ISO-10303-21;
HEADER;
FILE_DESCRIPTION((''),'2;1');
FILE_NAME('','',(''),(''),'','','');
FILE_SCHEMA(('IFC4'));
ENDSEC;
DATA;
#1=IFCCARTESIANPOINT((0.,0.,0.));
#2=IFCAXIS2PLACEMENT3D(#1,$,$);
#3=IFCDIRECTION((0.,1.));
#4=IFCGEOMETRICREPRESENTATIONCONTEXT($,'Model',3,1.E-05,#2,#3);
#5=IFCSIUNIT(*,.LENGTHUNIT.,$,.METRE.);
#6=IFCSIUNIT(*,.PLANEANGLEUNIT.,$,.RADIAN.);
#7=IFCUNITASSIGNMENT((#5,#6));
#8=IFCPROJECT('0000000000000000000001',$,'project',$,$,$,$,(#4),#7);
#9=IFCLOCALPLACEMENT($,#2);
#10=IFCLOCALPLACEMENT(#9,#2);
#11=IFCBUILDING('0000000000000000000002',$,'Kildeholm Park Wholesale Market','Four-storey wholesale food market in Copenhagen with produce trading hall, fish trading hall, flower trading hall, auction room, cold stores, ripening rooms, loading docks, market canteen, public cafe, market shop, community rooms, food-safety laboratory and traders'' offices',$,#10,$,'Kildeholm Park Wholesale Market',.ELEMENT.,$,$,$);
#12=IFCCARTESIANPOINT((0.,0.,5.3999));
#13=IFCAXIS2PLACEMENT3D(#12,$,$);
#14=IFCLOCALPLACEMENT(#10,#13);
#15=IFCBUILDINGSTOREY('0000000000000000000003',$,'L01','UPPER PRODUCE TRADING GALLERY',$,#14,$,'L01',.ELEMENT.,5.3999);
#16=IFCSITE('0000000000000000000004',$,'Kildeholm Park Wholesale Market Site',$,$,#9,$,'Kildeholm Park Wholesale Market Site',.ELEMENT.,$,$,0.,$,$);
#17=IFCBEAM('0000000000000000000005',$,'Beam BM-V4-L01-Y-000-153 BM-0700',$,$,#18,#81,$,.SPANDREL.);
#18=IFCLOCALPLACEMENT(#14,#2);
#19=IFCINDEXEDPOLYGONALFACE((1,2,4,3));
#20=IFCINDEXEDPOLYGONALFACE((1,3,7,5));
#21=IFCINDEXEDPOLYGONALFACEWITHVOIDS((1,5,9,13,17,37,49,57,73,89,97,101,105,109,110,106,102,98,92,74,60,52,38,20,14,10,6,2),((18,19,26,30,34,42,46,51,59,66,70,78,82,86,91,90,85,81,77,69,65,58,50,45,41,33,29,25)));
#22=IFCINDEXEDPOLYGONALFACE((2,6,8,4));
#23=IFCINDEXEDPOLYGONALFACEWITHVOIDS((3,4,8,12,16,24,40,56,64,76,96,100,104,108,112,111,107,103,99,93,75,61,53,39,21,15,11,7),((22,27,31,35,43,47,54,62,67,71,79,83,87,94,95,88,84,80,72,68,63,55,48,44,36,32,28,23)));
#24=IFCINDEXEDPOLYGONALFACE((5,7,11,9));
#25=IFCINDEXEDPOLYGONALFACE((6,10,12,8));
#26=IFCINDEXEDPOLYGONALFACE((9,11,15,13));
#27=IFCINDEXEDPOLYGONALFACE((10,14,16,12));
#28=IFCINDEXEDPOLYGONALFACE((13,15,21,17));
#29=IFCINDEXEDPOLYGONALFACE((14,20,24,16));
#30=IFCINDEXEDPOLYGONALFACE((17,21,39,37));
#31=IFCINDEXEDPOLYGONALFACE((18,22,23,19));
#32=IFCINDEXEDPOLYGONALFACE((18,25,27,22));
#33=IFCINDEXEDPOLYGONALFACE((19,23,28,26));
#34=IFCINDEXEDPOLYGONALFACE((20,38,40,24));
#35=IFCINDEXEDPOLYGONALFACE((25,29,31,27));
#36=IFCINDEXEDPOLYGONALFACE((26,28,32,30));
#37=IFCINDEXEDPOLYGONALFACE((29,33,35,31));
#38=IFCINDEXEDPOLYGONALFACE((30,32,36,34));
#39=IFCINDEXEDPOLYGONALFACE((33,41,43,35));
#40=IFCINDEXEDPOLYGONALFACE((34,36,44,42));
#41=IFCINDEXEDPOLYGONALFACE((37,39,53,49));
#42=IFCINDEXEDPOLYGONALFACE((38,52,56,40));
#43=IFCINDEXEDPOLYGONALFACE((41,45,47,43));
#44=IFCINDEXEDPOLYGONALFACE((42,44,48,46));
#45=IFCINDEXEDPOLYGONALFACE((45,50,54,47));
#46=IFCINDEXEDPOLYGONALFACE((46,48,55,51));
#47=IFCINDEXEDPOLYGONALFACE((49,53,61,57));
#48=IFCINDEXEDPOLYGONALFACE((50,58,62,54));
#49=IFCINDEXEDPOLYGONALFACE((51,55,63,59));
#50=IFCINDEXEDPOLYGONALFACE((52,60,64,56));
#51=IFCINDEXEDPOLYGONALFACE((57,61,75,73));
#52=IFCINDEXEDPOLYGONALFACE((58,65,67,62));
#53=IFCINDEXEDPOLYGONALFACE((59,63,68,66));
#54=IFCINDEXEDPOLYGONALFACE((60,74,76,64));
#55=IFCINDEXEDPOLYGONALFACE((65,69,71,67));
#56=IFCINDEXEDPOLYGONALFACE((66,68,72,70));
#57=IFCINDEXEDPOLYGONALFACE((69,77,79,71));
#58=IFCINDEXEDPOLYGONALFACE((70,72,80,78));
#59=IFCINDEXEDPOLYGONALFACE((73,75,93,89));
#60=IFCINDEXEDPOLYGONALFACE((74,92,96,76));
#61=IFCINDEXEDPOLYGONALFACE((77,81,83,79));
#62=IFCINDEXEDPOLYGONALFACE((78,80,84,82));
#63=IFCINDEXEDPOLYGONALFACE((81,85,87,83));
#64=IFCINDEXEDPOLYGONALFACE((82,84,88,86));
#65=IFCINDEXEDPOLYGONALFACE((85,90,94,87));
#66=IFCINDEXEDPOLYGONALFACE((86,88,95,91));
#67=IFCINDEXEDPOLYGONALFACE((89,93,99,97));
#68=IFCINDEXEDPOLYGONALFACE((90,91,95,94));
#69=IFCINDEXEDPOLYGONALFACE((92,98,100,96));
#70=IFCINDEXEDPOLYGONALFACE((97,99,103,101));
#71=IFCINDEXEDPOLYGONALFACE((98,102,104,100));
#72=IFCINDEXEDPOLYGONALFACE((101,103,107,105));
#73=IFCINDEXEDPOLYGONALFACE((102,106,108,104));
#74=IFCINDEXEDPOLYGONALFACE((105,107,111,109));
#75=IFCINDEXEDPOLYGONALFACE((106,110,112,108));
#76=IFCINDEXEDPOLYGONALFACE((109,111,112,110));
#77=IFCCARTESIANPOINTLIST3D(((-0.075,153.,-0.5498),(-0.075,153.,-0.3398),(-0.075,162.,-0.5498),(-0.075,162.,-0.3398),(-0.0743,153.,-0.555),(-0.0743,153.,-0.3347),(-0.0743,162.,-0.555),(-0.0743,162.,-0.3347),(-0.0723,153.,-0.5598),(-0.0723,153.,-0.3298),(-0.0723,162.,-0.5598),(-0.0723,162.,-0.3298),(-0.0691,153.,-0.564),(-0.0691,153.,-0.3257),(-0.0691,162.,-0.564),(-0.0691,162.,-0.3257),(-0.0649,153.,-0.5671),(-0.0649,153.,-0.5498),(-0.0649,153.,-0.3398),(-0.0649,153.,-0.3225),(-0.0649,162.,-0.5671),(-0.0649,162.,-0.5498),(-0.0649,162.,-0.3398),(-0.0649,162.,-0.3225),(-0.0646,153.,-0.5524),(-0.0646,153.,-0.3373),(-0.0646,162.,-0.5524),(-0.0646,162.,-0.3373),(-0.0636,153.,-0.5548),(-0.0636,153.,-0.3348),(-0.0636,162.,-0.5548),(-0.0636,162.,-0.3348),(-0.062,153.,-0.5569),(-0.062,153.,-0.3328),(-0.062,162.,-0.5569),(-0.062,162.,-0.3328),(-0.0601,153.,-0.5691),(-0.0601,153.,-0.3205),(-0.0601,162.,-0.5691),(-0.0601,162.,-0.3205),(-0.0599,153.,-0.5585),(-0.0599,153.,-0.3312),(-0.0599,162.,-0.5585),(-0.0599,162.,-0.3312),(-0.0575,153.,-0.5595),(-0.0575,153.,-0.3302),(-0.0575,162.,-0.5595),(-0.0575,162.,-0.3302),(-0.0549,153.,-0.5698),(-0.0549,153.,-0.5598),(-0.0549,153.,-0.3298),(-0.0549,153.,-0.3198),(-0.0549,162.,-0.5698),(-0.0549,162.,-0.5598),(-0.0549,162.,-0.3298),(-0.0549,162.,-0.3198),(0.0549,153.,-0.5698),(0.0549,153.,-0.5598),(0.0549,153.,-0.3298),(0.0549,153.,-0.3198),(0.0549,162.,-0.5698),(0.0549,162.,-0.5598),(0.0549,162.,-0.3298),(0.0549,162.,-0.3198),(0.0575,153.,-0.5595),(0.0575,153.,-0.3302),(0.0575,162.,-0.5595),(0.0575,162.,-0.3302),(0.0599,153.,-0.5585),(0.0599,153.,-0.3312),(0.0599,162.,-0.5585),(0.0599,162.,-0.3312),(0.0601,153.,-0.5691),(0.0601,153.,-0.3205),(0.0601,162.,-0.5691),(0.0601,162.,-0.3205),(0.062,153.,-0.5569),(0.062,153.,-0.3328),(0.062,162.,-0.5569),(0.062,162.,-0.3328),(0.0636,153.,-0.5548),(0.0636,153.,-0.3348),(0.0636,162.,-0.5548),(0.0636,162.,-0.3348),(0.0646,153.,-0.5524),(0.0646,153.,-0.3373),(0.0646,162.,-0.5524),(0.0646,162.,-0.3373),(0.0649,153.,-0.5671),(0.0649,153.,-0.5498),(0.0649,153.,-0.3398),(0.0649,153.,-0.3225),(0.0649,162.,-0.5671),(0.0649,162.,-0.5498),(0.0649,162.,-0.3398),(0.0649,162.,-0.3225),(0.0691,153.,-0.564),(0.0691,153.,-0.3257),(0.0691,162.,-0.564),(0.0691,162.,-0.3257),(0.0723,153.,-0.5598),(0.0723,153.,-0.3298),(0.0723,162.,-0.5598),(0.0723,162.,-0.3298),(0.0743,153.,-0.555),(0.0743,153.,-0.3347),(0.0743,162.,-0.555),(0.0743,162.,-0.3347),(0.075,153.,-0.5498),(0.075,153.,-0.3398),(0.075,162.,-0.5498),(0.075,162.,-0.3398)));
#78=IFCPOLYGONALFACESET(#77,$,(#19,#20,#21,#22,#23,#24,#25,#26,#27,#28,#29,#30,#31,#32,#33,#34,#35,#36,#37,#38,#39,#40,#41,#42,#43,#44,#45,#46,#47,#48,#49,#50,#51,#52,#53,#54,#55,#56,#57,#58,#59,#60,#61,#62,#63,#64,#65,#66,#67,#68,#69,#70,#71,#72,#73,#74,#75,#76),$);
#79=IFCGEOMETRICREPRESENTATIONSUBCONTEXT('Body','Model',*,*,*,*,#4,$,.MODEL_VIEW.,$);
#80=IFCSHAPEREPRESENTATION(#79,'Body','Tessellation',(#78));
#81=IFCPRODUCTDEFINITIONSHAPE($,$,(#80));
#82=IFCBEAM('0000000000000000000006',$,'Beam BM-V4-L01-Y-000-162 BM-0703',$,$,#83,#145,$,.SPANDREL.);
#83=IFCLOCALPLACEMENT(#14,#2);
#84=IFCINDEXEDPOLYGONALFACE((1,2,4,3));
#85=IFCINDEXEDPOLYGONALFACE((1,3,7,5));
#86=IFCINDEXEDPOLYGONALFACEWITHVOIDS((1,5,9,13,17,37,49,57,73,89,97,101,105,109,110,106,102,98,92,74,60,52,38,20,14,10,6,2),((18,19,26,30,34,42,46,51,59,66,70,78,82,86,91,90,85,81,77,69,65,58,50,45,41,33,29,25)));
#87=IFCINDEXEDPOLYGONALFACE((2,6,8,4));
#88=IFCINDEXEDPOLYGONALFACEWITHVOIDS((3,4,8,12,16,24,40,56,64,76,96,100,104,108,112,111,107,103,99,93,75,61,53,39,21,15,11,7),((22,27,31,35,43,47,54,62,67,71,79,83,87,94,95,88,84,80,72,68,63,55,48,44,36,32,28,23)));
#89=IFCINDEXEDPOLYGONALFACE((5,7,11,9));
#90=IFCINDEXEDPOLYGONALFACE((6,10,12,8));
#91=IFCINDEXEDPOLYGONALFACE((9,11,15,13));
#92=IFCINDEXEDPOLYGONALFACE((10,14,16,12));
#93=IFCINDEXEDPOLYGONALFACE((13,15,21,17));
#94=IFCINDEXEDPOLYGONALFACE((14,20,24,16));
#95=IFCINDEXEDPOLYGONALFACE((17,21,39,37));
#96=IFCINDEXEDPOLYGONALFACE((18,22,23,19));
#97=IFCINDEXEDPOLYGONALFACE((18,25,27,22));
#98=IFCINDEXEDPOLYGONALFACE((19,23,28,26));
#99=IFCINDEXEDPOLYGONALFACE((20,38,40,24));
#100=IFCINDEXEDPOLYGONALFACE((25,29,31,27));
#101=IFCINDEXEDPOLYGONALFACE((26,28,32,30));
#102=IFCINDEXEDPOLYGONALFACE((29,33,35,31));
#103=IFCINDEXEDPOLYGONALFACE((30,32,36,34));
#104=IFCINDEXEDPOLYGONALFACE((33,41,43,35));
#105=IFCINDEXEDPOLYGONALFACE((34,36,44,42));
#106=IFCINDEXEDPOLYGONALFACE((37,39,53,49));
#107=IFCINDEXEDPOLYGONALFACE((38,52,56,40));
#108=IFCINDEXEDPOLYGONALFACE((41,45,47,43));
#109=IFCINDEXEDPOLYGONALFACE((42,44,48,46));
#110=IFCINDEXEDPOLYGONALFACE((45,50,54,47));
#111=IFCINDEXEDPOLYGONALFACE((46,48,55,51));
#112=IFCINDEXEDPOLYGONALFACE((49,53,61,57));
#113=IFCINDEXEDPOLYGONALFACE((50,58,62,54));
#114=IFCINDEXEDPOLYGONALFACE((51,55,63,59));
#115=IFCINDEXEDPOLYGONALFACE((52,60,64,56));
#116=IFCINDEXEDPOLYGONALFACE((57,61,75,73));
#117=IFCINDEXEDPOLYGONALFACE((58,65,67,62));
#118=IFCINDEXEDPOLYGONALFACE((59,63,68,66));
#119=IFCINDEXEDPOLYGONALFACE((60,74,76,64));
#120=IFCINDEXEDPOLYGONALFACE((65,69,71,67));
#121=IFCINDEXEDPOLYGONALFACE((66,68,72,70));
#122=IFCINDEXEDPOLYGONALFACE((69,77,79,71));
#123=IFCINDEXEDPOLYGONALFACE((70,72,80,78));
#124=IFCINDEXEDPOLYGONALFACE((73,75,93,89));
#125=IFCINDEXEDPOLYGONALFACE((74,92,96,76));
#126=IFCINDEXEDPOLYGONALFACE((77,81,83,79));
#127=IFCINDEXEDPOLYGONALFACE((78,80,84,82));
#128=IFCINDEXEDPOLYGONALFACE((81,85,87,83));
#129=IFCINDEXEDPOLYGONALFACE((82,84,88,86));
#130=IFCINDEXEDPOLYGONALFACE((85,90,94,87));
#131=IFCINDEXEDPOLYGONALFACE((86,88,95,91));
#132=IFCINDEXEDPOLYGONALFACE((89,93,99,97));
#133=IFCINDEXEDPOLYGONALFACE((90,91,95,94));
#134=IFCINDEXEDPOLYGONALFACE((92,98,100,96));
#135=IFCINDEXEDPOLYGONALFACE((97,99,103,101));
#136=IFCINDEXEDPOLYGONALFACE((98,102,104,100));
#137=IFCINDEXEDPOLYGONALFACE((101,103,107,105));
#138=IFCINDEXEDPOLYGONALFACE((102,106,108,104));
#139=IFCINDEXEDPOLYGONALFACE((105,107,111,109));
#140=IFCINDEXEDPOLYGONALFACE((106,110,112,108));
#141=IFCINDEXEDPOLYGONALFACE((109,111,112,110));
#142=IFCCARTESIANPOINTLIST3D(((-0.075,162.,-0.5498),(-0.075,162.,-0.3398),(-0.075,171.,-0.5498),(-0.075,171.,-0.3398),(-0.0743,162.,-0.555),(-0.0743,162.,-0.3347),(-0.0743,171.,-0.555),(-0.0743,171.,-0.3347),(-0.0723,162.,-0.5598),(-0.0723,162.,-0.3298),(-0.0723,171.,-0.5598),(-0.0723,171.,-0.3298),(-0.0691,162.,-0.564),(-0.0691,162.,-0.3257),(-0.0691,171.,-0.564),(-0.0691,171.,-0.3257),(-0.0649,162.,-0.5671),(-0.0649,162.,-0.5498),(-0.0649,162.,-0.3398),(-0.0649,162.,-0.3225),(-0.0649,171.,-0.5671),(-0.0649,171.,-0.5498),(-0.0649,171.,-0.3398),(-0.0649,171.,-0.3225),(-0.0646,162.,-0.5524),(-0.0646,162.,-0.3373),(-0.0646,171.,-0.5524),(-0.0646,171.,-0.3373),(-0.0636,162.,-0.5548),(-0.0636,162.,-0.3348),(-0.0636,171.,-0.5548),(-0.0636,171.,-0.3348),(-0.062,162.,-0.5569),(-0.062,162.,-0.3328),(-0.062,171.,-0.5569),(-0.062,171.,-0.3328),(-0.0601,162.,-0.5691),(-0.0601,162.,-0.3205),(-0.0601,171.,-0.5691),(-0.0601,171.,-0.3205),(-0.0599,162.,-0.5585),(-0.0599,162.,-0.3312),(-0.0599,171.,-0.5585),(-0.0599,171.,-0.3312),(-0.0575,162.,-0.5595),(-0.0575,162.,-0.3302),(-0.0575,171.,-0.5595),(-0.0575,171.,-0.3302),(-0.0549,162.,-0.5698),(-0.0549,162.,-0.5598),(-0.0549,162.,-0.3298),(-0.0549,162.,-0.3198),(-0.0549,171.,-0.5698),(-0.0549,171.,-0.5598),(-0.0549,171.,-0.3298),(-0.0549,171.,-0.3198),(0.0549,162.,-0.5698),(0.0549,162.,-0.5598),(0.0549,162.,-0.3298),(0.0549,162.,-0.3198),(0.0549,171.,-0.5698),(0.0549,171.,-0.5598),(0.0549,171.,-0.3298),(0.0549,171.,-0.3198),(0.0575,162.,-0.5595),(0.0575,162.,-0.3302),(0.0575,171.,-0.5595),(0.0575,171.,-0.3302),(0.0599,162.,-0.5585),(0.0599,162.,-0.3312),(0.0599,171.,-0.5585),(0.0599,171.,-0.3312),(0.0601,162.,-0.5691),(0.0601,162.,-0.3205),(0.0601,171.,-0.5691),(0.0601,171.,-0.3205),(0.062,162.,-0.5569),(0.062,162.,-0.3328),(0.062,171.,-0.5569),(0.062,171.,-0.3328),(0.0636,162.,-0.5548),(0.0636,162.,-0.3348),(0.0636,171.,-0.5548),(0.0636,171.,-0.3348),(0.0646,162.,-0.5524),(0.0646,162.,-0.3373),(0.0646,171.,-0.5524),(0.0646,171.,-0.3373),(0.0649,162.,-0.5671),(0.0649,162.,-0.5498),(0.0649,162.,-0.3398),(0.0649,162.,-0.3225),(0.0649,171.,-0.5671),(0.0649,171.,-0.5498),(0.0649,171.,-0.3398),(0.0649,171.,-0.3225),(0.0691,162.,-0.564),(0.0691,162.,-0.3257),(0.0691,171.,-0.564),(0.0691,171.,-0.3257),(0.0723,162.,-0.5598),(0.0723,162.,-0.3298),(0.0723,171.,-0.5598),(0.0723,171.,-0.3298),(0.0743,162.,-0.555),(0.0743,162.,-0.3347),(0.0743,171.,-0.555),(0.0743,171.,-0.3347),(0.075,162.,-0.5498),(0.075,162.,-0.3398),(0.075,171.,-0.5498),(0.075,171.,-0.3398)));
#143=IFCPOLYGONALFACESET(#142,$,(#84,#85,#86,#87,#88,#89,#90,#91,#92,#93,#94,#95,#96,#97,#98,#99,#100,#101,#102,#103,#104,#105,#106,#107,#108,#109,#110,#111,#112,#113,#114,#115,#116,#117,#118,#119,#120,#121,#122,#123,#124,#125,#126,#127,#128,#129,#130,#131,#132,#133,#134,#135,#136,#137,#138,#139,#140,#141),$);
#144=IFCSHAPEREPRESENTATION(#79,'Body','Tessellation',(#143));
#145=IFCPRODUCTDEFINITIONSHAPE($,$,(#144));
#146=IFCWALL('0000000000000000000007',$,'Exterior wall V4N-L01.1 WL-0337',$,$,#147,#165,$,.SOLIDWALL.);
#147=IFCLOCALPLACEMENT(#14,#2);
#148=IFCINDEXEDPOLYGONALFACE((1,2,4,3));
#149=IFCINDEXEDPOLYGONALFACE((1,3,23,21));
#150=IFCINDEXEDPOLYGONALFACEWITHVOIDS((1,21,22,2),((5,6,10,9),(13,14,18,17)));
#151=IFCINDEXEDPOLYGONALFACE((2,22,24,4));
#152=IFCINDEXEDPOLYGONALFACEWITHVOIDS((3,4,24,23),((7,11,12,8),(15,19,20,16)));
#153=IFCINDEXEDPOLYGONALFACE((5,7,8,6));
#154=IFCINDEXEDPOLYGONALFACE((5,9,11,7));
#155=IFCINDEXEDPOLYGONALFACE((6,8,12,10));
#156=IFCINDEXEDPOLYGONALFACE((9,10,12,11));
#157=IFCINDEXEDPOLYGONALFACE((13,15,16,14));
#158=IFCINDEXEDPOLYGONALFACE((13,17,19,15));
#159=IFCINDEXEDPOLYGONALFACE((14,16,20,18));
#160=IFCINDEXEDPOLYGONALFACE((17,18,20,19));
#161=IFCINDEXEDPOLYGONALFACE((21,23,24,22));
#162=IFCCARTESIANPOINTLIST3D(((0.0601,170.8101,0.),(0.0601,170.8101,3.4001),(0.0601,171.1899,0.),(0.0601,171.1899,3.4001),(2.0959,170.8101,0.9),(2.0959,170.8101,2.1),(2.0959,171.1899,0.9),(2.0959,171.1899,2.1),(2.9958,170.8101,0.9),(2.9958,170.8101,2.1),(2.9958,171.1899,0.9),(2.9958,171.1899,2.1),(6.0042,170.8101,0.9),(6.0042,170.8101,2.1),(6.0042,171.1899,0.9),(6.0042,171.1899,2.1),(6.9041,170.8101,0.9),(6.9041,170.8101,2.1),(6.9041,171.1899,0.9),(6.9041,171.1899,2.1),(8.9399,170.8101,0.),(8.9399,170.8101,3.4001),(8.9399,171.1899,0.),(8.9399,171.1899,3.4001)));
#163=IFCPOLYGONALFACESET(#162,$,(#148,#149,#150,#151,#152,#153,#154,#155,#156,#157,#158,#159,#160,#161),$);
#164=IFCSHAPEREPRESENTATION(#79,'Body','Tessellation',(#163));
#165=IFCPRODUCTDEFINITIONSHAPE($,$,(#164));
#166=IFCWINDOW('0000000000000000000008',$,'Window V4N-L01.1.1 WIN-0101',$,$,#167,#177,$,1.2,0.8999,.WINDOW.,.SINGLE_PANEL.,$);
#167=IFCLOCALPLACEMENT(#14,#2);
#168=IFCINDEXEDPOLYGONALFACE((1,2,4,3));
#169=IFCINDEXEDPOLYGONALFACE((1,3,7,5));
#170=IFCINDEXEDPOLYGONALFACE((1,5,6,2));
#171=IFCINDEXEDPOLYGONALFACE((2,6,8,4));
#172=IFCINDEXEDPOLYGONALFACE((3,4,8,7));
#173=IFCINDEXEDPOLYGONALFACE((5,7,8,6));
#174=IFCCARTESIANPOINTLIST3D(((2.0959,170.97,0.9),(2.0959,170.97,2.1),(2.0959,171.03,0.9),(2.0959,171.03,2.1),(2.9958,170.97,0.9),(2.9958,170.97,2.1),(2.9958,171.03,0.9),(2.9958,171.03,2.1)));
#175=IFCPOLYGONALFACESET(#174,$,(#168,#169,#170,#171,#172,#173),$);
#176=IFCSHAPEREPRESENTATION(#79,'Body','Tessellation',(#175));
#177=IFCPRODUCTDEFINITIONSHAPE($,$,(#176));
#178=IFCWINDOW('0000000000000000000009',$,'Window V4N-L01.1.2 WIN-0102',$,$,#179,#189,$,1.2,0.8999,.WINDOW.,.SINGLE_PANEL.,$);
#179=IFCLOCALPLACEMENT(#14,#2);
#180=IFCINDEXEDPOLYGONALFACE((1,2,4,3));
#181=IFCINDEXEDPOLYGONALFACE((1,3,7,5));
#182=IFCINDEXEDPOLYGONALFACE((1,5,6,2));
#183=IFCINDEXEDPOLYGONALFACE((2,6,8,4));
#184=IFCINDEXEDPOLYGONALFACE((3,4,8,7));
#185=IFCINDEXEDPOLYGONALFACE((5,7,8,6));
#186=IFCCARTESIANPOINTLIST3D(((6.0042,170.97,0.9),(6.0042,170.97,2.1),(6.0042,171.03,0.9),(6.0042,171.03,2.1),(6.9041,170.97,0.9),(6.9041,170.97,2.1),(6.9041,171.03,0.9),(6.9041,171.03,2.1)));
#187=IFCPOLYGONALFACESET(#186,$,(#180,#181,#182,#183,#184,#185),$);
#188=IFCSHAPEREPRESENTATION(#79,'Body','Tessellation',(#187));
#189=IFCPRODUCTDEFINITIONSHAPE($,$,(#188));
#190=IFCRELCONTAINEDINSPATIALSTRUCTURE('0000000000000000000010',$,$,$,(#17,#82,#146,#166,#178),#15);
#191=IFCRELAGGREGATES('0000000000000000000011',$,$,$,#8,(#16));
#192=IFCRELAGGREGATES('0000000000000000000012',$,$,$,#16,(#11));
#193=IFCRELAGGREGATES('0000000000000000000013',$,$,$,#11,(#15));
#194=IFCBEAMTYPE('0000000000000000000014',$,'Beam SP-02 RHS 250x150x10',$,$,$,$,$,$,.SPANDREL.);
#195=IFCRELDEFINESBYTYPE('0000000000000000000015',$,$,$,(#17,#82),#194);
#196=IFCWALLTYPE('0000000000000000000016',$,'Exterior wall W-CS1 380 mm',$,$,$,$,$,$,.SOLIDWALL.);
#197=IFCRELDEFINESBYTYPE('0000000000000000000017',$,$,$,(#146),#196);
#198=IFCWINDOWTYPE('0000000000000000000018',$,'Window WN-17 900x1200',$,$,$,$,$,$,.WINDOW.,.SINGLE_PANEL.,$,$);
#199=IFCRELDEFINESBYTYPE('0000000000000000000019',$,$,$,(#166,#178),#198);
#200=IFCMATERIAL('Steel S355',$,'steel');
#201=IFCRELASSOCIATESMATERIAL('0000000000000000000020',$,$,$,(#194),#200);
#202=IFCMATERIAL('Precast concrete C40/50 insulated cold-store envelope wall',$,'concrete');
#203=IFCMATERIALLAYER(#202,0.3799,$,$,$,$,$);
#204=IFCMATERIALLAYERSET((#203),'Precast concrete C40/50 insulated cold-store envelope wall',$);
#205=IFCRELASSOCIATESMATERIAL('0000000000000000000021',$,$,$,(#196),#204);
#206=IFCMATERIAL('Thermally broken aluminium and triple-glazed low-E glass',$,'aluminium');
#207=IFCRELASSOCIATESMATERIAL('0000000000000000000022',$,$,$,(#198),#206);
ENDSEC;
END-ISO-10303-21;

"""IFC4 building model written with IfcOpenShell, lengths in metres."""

from ifc_helpers import new_model, si_unit, direction, frame, frame_2d, origin, origin_2d, place, context, subcontext, project, spatial, rectangle, hollow_rectangle, extrude, material, layer, layer_set, material_profile, profile_set, type_object, element, fill, save


model = new_model("IFC4")

# Units and contexts
model_context = context("Model", 3, precision=1e-05, world=origin(), true_north=direction((0.0, 1.0)))
body_context = subcontext(model_context, "Body", "Model", "MODEL_VIEW")
ifc_project = project(units=[si_unit("LENGTHUNIT", "METRE"), si_unit("PLANEANGLEUNIT", "RADIAN")], contexts=[model_context])

# Site, building, storey
site_placement = place(None, origin())
site = spatial("IfcSite", under=ifc_project, at=site_placement, Name="Kildeholm Park Wholesale Market Site", LongName="Kildeholm Park Wholesale Market Site", CompositionType="ELEMENT", RefElevation=0.0)
building_placement = place(site_placement, origin())
building = spatial("IfcBuilding", under=site, at=building_placement, Name="Kildeholm Park Wholesale Market", Description="Four-storey wholesale food market in Copenhagen with produce trading hall, fish trading hall, flower trading hall, auction room, cold stores, ripening rooms, loading docks, market canteen, public cafe, market shop, community rooms, food-safety laboratory and traders' offices", LongName="Kildeholm Park Wholesale Market", CompositionType="ELEMENT")
storey_placement = place(building_placement, frame((0.0, 0.0, 5.3999)))
storey = spatial("IfcBuildingStorey", under=building, at=storey_placement, Name="L01", Description="UPPER PRODUCE TRADING GALLERY", LongName="L01", CompositionType="ELEMENT", Elevation=5.3999)

# Beams
ifc_material_1 = material(Name="Steel S355", Category="steel")
ifc_material_profile_1 = material_profile(ifc_material_1, hollow_rectangle(XDim=0.1499, YDim=0.25, WallThickness=0.01, InnerFilletRadius=0.01, OuterFilletRadius=0.02, at=origin_2d()), Name="RHS 250x150x10")
ifc_profile_set_1 = profile_set([ifc_material_profile_1], Name="Steel S355")
beam_type_1 = type_object("IfcBeamType", Name="Beam SP-02 RHS 250x150x10", PredefinedType="SPANDREL", material=ifc_profile_set_1)
for number, where, z_axis, x_axis, name in (
    (1, (0.0, 153.0, -0.4448), (0.0, 1.0, 0.0), (-1.0, 0.0, 0.0), "Beam BM-V4-L01-Y-000-153 BM-0700"),
    (2, (0.0, 162.0, -0.4448), (0.0, 1.0, 0.0), (-1.0, 0.0, 0.0), "Beam BM-V4-L01-Y-000-162 BM-0703"),
):
    element("IfcBeam", number, at=place(storey_placement, frame(where, z_axis=z_axis, x_axis=x_axis)), inside=storey, type_object=beam_type_1, Name=name, PredefinedType="SPANDREL", context=body_context, shape_type="SweptSolid", body=[
        extrude(hollow_rectangle(XDim=0.1499, YDim=0.25, WallThickness=0.01, InnerFilletRadius=0.01, OuterFilletRadius=0.02, at=origin_2d()), origin(), (0.0, 0.0, 1.0), 9.0),
    ])

# Wall, openings, windows
ifc_material_2 = material(Name="Precast concrete C40/50 insulated cold-store envelope wall", Category="concrete")
ifc_layer_1 = layer(ifc_material_2, 0.3799)
ifc_layer_set_1 = layer_set([ifc_layer_1], Name="Precast concrete C40/50 insulated cold-store envelope wall")
wall_type_1 = type_object("IfcWallType", Name="Exterior wall W-CS1 380 mm", PredefinedType="SOLIDWALL", material=ifc_layer_set_1)
wall_1_placement = place(storey_placement, frame((0.0601, 171.0, 0.0), z_axis=(0.0, 0.0, 1.0), x_axis=(1.0, 0.0, 0.0)))
wall_1 = element("IfcWall", 3, at=wall_1_placement, inside=storey, type_object=wall_type_1, Name="Exterior wall V4N-L01.1 WL-0337", PredefinedType="SOLIDWALL", context=body_context, shape_type="SweptSolid", body=[
    extrude(rectangle(XDim=8.8799, YDim=0.3799, at=frame_2d((4.4399, 0.0))), origin(), (0.0, 0.0, 1.0), 3.4001),
])
opening_1_placement = place(wall_1_placement, frame((2.0359, 0.0, 0.8999)))
opening_1 = element("IfcOpeningElement", 4, at=opening_1_placement, cuts=wall_1, PredefinedType="OPENING", context=body_context, shape_type="SweptSolid", body=[
    extrude(rectangle(XDim=0.8999, YDim=1.2, at=frame_2d((0.45, 0.6001))), frame((0.0, 0.2, 0.0), z_axis=(0.0, -1.0, 0.0), x_axis=(1.0, 0.0, 0.0)), (0.0, 0.0, 1.0), 0.3999),
])
opening_2_placement = place(wall_1_placement, frame((5.9441, 0.0, 0.8999)))
opening_2 = element("IfcOpeningElement", 5, at=opening_2_placement, cuts=wall_1, PredefinedType="OPENING", context=body_context, shape_type="SweptSolid", body=[
    extrude(rectangle(XDim=0.8999, YDim=1.2, at=frame_2d((0.45, 0.6001))), frame((0.0, 0.2, 0.0), z_axis=(0.0, -1.0, 0.0), x_axis=(1.0, 0.0, 0.0)), (0.0, 0.0, 1.0), 0.3999),
])
ifc_material_3 = material(Name="Thermally broken aluminium and triple-glazed low-E glass", Category="aluminium")
window_type_1 = type_object("IfcWindowType", Name="Window WN-17 900x1200", PartitioningType="SINGLE_PANEL", PredefinedType="WINDOW", material=ifc_material_3)
window_1_placement = place(opening_1_placement, origin())
window_1 = element("IfcWindow", 6, at=window_1_placement, inside=storey, type_object=window_type_1, Name="Window V4N-L01.1.1 WIN-0101", OverallHeight=1.2, OverallWidth=0.8999, PartitioningType="SINGLE_PANEL", PredefinedType="WINDOW", context=body_context, shape_type="SweptSolid", body=[
    extrude(rectangle(XDim=0.8999, YDim=1.2, at=frame_2d((0.45, 0.6001))), frame((0.0, 0.03, 0.0), z_axis=(0.0, -1.0, 0.0), x_axis=(1.0, 0.0, 0.0)), (0.0, 0.0, 1.0), 0.0601),
])
fill(opening_1, window_1)
window_2_placement = place(opening_2_placement, origin())
window_2 = element("IfcWindow", 7, at=window_2_placement, inside=storey, type_object=window_type_1, Name="Window V4N-L01.1.2 WIN-0102", OverallHeight=1.2, OverallWidth=0.8999, PartitioningType="SINGLE_PANEL", PredefinedType="WINDOW", context=body_context, shape_type="SweptSolid", body=[
    extrude(rectangle(XDim=0.8999, YDim=1.2, at=frame_2d((0.45, 0.6001))), frame((0.0, 0.03, 0.0), z_axis=(0.0, -1.0, 0.0), x_axis=(1.0, 0.0, 0.0)), (0.0, 0.0, 1.0), 0.0601),
])
fill(opening_2, window_2)

save(model, "model.ifc")
